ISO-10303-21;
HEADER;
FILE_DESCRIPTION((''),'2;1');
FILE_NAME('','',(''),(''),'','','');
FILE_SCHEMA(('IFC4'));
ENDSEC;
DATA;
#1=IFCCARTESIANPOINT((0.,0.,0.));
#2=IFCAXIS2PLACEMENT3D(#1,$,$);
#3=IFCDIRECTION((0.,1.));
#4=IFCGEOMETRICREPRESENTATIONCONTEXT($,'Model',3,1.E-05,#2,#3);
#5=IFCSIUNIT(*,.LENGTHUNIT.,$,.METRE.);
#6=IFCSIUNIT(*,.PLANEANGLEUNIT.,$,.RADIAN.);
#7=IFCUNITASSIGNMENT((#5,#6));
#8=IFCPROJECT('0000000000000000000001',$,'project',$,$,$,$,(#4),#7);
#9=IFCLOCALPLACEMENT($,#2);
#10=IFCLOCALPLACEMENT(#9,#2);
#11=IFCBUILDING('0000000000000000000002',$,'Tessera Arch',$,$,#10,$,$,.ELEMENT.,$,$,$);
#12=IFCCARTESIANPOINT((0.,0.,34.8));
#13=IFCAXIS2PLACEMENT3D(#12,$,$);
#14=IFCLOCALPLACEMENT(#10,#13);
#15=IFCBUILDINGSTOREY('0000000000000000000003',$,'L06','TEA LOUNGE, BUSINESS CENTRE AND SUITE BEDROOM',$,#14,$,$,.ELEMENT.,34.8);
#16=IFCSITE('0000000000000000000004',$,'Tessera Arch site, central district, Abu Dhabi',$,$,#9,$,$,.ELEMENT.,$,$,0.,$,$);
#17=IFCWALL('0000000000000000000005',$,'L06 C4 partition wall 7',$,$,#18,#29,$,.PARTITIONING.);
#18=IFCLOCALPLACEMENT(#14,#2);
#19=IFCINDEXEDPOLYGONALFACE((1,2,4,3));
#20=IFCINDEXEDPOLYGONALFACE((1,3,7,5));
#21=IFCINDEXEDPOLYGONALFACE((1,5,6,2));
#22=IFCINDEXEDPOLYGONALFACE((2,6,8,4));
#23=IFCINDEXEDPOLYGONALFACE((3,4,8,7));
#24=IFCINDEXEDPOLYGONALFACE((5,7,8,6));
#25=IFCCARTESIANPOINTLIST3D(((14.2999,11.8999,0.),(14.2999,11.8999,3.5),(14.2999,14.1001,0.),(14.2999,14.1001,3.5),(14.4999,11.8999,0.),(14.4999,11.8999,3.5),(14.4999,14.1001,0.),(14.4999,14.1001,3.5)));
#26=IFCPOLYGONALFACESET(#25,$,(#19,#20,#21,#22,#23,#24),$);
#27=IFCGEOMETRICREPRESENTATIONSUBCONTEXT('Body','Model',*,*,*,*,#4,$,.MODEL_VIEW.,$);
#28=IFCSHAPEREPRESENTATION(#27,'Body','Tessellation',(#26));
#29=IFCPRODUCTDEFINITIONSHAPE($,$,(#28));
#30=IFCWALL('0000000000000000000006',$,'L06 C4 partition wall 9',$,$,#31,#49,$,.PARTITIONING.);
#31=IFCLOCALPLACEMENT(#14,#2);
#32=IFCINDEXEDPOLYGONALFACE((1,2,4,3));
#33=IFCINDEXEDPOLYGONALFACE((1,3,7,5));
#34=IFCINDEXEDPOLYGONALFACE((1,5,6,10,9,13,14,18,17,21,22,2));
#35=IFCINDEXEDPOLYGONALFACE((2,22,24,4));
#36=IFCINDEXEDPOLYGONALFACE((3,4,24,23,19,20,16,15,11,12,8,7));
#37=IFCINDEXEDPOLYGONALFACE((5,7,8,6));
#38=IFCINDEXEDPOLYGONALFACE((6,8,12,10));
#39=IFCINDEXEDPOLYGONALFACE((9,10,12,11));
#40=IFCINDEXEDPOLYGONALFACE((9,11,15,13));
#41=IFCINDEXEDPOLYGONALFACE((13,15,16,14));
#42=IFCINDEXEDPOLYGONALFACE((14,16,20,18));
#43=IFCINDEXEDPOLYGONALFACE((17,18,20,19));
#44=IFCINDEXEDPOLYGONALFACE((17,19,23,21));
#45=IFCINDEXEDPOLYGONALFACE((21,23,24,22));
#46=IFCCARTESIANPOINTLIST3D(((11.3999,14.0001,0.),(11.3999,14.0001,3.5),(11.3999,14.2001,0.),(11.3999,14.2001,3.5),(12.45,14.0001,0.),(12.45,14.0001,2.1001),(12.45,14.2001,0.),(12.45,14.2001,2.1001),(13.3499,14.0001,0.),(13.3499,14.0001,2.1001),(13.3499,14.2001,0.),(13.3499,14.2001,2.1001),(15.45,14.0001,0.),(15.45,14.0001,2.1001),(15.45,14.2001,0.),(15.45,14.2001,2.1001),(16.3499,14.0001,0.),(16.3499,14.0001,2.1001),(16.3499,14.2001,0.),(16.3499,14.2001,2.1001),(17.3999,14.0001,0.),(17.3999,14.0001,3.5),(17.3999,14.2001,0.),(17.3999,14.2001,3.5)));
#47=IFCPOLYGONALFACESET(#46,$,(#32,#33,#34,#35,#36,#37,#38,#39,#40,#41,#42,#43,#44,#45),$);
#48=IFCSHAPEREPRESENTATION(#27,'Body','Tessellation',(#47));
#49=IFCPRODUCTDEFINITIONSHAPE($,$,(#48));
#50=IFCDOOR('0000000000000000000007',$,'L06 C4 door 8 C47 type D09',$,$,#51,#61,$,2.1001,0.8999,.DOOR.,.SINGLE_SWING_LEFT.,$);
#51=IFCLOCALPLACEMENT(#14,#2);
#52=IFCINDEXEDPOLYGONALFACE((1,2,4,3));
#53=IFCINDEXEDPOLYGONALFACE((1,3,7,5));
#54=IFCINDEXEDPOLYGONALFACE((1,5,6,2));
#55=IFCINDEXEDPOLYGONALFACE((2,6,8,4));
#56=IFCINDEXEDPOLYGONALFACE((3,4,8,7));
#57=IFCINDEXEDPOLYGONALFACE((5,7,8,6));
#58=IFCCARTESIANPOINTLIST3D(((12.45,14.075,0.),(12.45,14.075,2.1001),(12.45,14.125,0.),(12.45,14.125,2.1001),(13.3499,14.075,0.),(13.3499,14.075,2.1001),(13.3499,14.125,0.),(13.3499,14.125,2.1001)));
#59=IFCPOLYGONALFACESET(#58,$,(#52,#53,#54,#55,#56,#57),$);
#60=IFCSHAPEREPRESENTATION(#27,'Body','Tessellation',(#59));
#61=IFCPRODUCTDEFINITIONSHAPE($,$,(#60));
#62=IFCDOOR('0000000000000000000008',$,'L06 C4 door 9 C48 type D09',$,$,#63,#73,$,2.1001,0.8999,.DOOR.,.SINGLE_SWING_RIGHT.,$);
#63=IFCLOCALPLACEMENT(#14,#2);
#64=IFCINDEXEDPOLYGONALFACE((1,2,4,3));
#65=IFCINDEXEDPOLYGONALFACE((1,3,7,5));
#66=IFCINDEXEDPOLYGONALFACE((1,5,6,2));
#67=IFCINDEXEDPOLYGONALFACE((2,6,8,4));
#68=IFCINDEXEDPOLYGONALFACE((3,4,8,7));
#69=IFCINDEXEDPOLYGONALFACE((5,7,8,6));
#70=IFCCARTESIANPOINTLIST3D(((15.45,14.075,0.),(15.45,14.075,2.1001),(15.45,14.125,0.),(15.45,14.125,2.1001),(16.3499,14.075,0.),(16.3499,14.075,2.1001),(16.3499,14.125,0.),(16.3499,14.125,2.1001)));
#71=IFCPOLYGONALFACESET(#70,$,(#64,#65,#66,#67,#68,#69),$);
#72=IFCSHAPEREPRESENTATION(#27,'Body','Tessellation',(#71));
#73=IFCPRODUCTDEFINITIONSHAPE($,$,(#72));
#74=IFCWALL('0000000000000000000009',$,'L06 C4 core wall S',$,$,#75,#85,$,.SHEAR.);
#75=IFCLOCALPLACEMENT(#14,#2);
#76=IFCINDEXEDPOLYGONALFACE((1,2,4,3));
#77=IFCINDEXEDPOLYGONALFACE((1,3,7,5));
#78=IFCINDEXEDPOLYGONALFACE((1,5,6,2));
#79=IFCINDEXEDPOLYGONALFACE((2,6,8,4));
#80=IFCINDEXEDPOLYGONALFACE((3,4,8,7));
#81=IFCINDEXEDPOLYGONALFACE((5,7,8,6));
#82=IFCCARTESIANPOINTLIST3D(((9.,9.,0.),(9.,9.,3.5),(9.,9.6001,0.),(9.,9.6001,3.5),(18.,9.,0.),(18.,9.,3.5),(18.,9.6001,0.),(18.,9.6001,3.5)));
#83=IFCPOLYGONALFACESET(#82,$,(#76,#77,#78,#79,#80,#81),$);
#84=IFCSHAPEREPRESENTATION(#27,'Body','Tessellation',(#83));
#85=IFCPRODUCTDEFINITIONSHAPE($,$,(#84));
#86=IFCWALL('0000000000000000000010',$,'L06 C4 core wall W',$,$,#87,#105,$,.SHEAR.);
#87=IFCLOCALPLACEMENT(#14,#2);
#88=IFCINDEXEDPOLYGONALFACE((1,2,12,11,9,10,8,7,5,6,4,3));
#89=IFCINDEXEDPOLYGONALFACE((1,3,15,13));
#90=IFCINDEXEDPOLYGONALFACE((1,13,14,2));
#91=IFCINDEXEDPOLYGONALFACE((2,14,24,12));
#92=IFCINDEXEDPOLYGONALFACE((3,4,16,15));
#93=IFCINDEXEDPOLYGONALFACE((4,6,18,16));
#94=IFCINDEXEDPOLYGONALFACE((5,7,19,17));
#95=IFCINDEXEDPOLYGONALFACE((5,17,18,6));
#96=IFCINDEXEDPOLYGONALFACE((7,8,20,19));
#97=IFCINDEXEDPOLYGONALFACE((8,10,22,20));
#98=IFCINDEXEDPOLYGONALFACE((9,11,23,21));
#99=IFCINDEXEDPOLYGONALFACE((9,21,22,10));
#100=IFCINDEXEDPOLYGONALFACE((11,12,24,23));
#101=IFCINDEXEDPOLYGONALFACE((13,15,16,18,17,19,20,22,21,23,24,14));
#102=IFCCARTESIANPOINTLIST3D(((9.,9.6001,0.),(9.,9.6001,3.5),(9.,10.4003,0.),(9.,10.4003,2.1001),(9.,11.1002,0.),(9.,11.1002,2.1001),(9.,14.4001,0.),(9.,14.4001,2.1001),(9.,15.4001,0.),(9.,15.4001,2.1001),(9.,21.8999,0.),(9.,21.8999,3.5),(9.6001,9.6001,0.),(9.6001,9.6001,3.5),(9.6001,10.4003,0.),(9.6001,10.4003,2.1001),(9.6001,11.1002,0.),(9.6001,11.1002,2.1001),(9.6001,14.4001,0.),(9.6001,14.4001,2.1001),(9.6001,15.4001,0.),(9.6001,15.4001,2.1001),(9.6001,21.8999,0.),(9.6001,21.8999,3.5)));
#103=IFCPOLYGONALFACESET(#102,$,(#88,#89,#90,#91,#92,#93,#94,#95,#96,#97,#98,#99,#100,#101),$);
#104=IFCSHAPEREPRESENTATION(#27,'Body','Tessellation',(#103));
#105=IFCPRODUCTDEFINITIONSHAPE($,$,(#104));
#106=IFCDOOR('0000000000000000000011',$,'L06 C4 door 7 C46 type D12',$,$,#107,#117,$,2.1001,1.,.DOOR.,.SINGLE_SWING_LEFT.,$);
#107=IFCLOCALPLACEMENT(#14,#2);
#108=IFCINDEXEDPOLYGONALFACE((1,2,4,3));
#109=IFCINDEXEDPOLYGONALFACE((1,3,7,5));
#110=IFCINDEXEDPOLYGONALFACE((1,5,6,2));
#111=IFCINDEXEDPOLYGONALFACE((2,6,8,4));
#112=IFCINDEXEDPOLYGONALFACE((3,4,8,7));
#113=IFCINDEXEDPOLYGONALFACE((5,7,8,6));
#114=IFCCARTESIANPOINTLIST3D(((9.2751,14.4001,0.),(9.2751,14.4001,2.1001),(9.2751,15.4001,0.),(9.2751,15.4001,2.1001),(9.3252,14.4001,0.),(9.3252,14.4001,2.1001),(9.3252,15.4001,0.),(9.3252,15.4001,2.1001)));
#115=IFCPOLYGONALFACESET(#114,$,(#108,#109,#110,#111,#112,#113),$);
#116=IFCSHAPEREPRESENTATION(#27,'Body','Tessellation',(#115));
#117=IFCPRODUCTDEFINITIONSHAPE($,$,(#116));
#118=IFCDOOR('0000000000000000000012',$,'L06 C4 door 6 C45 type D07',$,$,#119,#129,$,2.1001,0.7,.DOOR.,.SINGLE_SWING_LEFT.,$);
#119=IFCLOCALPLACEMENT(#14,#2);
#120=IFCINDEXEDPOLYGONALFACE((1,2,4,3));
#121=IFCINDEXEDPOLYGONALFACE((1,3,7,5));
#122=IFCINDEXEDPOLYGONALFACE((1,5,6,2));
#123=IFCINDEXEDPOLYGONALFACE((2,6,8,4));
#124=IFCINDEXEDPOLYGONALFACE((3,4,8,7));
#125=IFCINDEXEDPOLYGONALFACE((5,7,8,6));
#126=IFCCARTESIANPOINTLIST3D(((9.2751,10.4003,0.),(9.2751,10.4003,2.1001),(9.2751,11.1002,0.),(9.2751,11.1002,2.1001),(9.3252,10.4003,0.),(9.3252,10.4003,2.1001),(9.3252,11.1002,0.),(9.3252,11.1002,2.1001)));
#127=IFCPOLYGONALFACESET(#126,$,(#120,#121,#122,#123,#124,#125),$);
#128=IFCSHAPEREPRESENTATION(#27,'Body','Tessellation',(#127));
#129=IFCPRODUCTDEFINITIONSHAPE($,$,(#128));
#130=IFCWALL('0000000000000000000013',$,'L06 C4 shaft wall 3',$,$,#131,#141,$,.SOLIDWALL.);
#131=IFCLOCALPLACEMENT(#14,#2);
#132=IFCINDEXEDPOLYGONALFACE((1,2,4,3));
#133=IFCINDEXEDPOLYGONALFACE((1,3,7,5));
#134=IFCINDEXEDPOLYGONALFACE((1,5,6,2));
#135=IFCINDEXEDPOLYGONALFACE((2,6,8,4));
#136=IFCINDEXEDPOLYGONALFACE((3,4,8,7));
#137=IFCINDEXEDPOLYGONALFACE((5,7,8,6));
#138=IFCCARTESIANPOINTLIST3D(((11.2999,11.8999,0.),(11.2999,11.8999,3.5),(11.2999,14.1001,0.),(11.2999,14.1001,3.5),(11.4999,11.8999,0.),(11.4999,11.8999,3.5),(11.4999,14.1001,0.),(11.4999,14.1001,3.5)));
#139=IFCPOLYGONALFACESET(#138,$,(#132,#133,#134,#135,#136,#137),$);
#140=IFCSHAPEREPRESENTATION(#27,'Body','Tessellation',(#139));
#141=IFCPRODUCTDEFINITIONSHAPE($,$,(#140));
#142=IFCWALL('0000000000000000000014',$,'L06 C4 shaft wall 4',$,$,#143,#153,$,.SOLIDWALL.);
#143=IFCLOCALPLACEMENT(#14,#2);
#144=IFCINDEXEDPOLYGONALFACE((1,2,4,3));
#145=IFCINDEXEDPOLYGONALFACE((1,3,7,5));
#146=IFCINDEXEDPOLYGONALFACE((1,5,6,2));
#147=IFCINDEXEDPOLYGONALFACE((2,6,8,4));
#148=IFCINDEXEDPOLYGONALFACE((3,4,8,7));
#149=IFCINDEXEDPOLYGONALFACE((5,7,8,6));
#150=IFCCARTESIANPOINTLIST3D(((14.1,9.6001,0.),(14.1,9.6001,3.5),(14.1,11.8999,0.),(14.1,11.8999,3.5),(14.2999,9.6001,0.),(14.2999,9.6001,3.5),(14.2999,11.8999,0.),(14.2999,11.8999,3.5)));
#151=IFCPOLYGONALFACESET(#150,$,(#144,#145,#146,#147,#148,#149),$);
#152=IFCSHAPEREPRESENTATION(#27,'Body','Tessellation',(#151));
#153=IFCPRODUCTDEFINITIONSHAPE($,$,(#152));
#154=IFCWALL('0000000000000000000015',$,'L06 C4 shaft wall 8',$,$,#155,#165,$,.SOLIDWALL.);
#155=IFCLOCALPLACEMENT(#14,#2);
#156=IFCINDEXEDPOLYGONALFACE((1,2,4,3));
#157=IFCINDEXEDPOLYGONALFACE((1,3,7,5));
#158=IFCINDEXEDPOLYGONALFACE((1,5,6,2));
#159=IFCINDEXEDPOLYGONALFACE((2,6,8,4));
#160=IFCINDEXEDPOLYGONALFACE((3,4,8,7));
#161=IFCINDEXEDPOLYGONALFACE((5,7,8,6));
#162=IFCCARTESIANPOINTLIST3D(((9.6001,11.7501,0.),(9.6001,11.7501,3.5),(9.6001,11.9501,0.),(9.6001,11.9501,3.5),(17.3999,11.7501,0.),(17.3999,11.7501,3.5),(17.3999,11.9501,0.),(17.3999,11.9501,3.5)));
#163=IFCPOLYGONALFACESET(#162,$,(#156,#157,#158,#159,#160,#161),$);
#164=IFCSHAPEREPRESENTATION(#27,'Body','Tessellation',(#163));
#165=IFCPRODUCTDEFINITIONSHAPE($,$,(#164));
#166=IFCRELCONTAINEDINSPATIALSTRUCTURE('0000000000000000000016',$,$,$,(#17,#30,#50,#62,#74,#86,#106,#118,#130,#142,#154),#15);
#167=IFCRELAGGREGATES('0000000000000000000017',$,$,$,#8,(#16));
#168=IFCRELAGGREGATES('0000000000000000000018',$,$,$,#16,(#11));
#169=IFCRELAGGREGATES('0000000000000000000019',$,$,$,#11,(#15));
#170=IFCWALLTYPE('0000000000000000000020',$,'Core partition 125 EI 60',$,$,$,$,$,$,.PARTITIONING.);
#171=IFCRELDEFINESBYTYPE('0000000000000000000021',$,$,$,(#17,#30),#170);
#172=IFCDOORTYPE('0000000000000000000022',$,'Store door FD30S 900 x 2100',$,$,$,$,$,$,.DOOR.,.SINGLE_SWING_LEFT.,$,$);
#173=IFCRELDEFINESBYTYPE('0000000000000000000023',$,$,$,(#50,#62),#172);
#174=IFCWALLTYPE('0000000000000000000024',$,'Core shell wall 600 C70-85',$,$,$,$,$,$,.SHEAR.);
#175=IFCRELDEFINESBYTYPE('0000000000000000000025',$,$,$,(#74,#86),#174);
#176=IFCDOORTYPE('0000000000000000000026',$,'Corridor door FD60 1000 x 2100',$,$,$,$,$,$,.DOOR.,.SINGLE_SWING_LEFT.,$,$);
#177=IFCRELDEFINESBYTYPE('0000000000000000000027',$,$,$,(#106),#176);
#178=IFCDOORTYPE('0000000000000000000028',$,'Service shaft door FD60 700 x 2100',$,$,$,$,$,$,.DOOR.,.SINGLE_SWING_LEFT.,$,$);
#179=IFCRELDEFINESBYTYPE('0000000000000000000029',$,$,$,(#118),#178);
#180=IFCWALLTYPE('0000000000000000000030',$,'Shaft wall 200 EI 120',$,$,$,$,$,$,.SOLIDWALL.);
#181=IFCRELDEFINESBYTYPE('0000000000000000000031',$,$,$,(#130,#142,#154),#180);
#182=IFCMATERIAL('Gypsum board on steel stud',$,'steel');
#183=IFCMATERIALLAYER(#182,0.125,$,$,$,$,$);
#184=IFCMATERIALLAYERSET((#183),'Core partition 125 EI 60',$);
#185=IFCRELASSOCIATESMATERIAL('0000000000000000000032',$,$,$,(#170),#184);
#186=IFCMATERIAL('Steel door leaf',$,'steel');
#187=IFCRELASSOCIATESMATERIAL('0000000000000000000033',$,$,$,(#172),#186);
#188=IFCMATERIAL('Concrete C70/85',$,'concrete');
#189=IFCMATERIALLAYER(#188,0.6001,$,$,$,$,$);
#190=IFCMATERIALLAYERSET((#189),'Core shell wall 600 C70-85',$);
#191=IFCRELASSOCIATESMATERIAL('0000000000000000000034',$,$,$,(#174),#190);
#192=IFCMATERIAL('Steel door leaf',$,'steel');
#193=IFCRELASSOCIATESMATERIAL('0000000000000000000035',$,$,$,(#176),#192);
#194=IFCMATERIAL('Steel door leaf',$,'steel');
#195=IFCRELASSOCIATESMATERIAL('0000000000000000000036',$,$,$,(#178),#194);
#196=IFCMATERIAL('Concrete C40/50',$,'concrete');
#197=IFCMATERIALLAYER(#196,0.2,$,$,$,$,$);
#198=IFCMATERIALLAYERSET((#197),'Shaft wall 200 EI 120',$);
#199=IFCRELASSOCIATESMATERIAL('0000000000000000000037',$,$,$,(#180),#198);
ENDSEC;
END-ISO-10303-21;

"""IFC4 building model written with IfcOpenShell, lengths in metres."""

from ifc_helpers import new_model, si_unit, direction, frame, frame_2d, origin, place, context, subcontext, project, spatial, rectangle, extrude, material, layer, layer_set, type_object, element, fill, save


model = new_model("IFC4")

# Units and contexts
model_context = context("Model", 3, precision=1e-05, world=origin(), true_north=direction((0.0, 1.0)))
body_context = subcontext(model_context, "Body", "Model", "MODEL_VIEW")
ifc_project = project(units=[si_unit("LENGTHUNIT", "METRE"), si_unit("PLANEANGLEUNIT", "RADIAN")], contexts=[model_context])

# Site, building, storey
site_placement = place(None, origin())
site = spatial("IfcSite", under=ifc_project, at=site_placement, Name="Tessera Arch site, central district, Abu Dhabi", CompositionType="ELEMENT", RefElevation=0.0)
building_placement = place(site_placement, origin())
building = spatial("IfcBuilding", under=site, at=building_placement, Name="Tessera Arch", CompositionType="ELEMENT")
storey_placement = place(building_placement, frame((0.0, 0.0, 34.8)))
storey = spatial("IfcBuildingStorey", under=building, at=storey_placement, Name="L06", Description="TEA LOUNGE, BUSINESS CENTRE AND SUITE BEDROOM", CompositionType="ELEMENT", Elevation=34.8)

# Wall
ifc_material_1 = material(Name="Gypsum board on steel stud", Category="steel")
ifc_layer_1 = layer(ifc_material_1, 0.125)
ifc_layer_set_1 = layer_set([ifc_layer_1], Name="Core partition 125 EI 60")
wall_type_1 = type_object("IfcWallType", Name="Core partition 125 EI 60", PredefinedType="PARTITIONING", material=ifc_layer_set_1)
wall_1_placement = place(storey_placement, frame((14.3999, 11.8999, 0.0), z_axis=(0.0, 0.0, 1.0), x_axis=(0.0, 1.0, 0.0)))
element("IfcWall", 1, at=wall_1_placement, inside=storey, type_object=wall_type_1, Name="L06 C4 partition wall 7", PredefinedType="PARTITIONING", context=body_context, shape_type="SweptSolid", body=[
    extrude(rectangle(XDim=2.2002, YDim=0.2, at=frame_2d((1.1001, 0.0))), origin(), (0.0, 0.0, 1.0), 3.5),
])

# Wall, openings, doors
wall_2_placement = place(storey_placement, frame((11.3999, 14.1001, 0.0), z_axis=(0.0, 0.0, 1.0), x_axis=(1.0, 0.0, 0.0)))
wall_2 = element("IfcWall", 2, at=wall_2_placement, inside=storey, type_object=wall_type_1, Name="L06 C4 partition wall 9", PredefinedType="PARTITIONING", context=body_context, shape_type="SweptSolid", body=[
    extrude(rectangle(XDim=6.0, YDim=0.2, at=frame_2d((3.0, 0.0))), origin(), (0.0, 0.0, 1.0), 3.5),
])
opening_1_placement = place(wall_2_placement, frame((1.05, 0.0, 0.0)))
opening_1 = element("IfcOpeningElement", 3, at=opening_1_placement, cuts=wall_2, PredefinedType="OPENING", context=body_context, shape_type="SweptSolid", body=[
    extrude(rectangle(XDim=0.8999, YDim=2.1001, at=frame_2d((0.45, 1.05))), frame((0.0, 0.1099, 0.0), z_axis=(0.0, -1.0, 0.0), x_axis=(1.0, 0.0, 0.0)), (0.0, 0.0, 1.0), 0.22),
])
opening_2_placement = place(wall_2_placement, frame((4.05, 0.0, 0.0)))
opening_2 = element("IfcOpeningElement", 4, at=opening_2_placement, cuts=wall_2, PredefinedType="OPENING", context=body_context, shape_type="SweptSolid", body=[
    extrude(rectangle(XDim=0.8999, YDim=2.1001, at=frame_2d((0.45, 1.05))), frame((0.0, 0.1099, 0.0), z_axis=(0.0, -1.0, 0.0), x_axis=(1.0, 0.0, 0.0)), (0.0, 0.0, 1.0), 0.22),
])
ifc_material_2 = material(Name="Steel door leaf", Category="steel")
door_type_1 = type_object("IfcDoorType", Name="Store door FD30S 900 x 2100", OperationType="SINGLE_SWING_LEFT", PredefinedType="DOOR", material=ifc_material_2)
door_1_placement = place(opening_1_placement, origin())
door_1 = element("IfcDoor", 5, at=door_1_placement, inside=storey, type_object=door_type_1, Name="L06 C4 door 8 C47 type D09", OperationType="SINGLE_SWING_LEFT", OverallHeight=2.1001, OverallWidth=0.8999, PredefinedType="DOOR", context=body_context, shape_type="SweptSolid", body=[
    extrude(rectangle(XDim=0.8999, YDim=2.1001, at=frame_2d((0.45, 1.05))), frame((0.0, 0.0249, 0.0), z_axis=(0.0, -1.0, 0.0), x_axis=(1.0, 0.0, 0.0)), (0.0, 0.0, 1.0), 0.05),
])
fill(opening_1, door_1)
door_2_placement = place(opening_2_placement, origin())
door_2 = element("IfcDoor", 6, at=door_2_placement, inside=storey, type_object=door_type_1, Name="L06 C4 door 9 C48 type D09", OperationType="SINGLE_SWING_RIGHT", OverallHeight=2.1001, OverallWidth=0.8999, PredefinedType="DOOR", context=body_context, shape_type="SweptSolid", body=[
    extrude(rectangle(XDim=0.8999, YDim=2.1001, at=frame_2d((0.45, 1.05))), frame((0.0, 0.0249, 0.0), z_axis=(0.0, -1.0, 0.0), x_axis=(1.0, 0.0, 0.0)), (0.0, 0.0, 1.0), 0.05),
])
fill(opening_2, door_2)

# Wall
ifc_material_3 = material(Name="Concrete C70/85", Category="concrete")
ifc_layer_2 = layer(ifc_material_3, 0.6001)
ifc_layer_set_2 = layer_set([ifc_layer_2], Name="Core shell wall 600 C70-85")
wall_type_2 = type_object("IfcWallType", Name="Core shell wall 600 C70-85", PredefinedType="SHEAR", material=ifc_layer_set_2)
wall_3_placement = place(storey_placement, frame((9.0, 9.3, 0.0), z_axis=(0.0, 0.0, 1.0), x_axis=(1.0, 0.0, 0.0)))
element("IfcWall", 7, at=wall_3_placement, inside=storey, type_object=wall_type_2, Name="L06 C4 core wall S", PredefinedType="SHEAR", context=body_context, shape_type="SweptSolid", body=[
    extrude(rectangle(XDim=9.0, YDim=0.6001, at=frame_2d((4.5, 0.0))), origin(), (0.0, 0.0, 1.0), 3.5),
])

# Wall, openings, doors
wall_4_placement = place(storey_placement, frame((9.3, 9.6001, 0.0), z_axis=(0.0, 0.0, 1.0), x_axis=(0.0, 1.0, 0.0)))
wall_4 = element("IfcWall", 8, at=wall_4_placement, inside=storey, type_object=wall_type_2, Name="L06 C4 core wall W", PredefinedType="SHEAR", context=body_context, shape_type="SweptSolid", body=[
    extrude(rectangle(XDim=12.2998, YDim=0.6001, at=frame_2d((6.1499, 0.0))), origin(), (0.0, 0.0, 1.0), 3.5),
])
opening_3_placement = place(wall_4_placement, frame((0.8, 0.0, 0.0)))
opening_3 = element("IfcOpeningElement", 9, at=opening_3_placement, cuts=wall_4, PredefinedType="OPENING", context=body_context, shape_type="SweptSolid", body=[
    extrude(rectangle(XDim=0.7, YDim=2.1001, at=frame_2d((0.3501, 1.05))), frame((0.0, 0.3101, 0.0), z_axis=(0.0, -1.0, 0.0), x_axis=(1.0, 0.0, 0.0)), (0.0, 0.0, 1.0), 0.6201),
])
opening_4_placement = place(wall_4_placement, frame((4.8, 0.0, 0.0)))
opening_4 = element("IfcOpeningElement", 10, at=opening_4_placement, cuts=wall_4, PredefinedType="OPENING", context=body_context, shape_type="SweptSolid", body=[
    extrude(rectangle(XDim=1.0, YDim=2.1001, at=frame_2d((0.5, 1.05))), frame((0.0, 0.3101, 0.0), z_axis=(0.0, -1.0, 0.0), x_axis=(1.0, 0.0, 0.0)), (0.0, 0.0, 1.0), 0.6201),
])
ifc_material_4 = material(Name="Steel door leaf", Category="steel")
door_type_2 = type_object("IfcDoorType", Name="Corridor door FD60 1000 x 2100", OperationType="SINGLE_SWING_LEFT", PredefinedType="DOOR", material=ifc_material_4)
door_3_placement = place(opening_4_placement, origin())
door_3 = element("IfcDoor", 11, at=door_3_placement, inside=storey, type_object=door_type_2, Name="L06 C4 door 7 C46 type D12", OperationType="SINGLE_SWING_LEFT", OverallHeight=2.1001, OverallWidth=1.0, PredefinedType="DOOR", context=body_context, shape_type="SweptSolid", body=[
    extrude(rectangle(XDim=1.0, YDim=2.1001, at=frame_2d((0.5, 1.05))), frame((0.0, 0.0249, 0.0), z_axis=(0.0, -1.0, 0.0), x_axis=(1.0, 0.0, 0.0)), (0.0, 0.0, 1.0), 0.05),
])
fill(opening_4, door_3)
ifc_material_5 = material(Name="Steel door leaf", Category="steel")
door_type_3 = type_object("IfcDoorType", Name="Service shaft door FD60 700 x 2100", OperationType="SINGLE_SWING_LEFT", PredefinedType="DOOR", material=ifc_material_5)
door_4_placement = place(opening_3_placement, origin())
door_4 = element("IfcDoor", 12, at=door_4_placement, inside=storey, type_object=door_type_3, Name="L06 C4 door 6 C45 type D07", OperationType="SINGLE_SWING_LEFT", OverallHeight=2.1001, OverallWidth=0.7, PredefinedType="DOOR", context=body_context, shape_type="SweptSolid", body=[
    extrude(rectangle(XDim=0.7, YDim=2.1001, at=frame_2d((0.3501, 1.05))), frame((0.0, 0.0249, 0.0), z_axis=(0.0, -1.0, 0.0), x_axis=(1.0, 0.0, 0.0)), (0.0, 0.0, 1.0), 0.05),
])
fill(opening_3, door_4)

# Walls
ifc_material_6 = material(Name="Concrete C40/50", Category="concrete")
ifc_layer_3 = layer(ifc_material_6, 0.2)
ifc_layer_set_3 = layer_set([ifc_layer_3], Name="Shaft wall 200 EI 120")
wall_type_3 = type_object("IfcWallType", Name="Shaft wall 200 EI 120", PredefinedType="SOLIDWALL", material=ifc_layer_set_3)
wall_5_placement = place(storey_placement, frame((11.3999, 11.8999, 0.0), z_axis=(0.0, 0.0, 1.0), x_axis=(0.0, 1.0, 0.0)))
element("IfcWall", 13, at=wall_5_placement, inside=storey, type_object=wall_type_3, Name="L06 C4 shaft wall 3", PredefinedType="SOLIDWALL", context=body_context, shape_type="SweptSolid", body=[
    extrude(rectangle(XDim=2.2002, YDim=0.2, at=frame_2d((1.1001, 0.0))), origin(), (0.0, 0.0, 1.0), 3.5),
])
wall_6_placement = place(storey_placement, frame((14.2, 9.6001, 0.0), z_axis=(0.0, 0.0, 1.0), x_axis=(0.0, 1.0, 0.0)))
element("IfcWall", 14, at=wall_6_placement, inside=storey, type_object=wall_type_3, Name="L06 C4 shaft wall 4", PredefinedType="SOLIDWALL", context=body_context, shape_type="SweptSolid", body=[
    extrude(rectangle(XDim=2.2998, YDim=0.2, at=frame_2d((1.1499, 0.0))), origin(), (0.0, 0.0, 1.0), 3.5),
])
wall_7_placement = place(storey_placement, frame((9.6001, 11.8501, 0.0), z_axis=(0.0, 0.0, 1.0), x_axis=(1.0, 0.0, 0.0)))
element("IfcWall", 15, at=wall_7_placement, inside=storey, type_object=wall_type_3, Name="L06 C4 shaft wall 8", PredefinedType="SOLIDWALL", context=body_context, shape_type="SweptSolid", body=[
    extrude(rectangle(XDim=7.7998, YDim=0.2, at=frame_2d((3.8999, 0.0))), origin(), (0.0, 0.0, 1.0), 3.5),
])

save(model, "model.ifc")
